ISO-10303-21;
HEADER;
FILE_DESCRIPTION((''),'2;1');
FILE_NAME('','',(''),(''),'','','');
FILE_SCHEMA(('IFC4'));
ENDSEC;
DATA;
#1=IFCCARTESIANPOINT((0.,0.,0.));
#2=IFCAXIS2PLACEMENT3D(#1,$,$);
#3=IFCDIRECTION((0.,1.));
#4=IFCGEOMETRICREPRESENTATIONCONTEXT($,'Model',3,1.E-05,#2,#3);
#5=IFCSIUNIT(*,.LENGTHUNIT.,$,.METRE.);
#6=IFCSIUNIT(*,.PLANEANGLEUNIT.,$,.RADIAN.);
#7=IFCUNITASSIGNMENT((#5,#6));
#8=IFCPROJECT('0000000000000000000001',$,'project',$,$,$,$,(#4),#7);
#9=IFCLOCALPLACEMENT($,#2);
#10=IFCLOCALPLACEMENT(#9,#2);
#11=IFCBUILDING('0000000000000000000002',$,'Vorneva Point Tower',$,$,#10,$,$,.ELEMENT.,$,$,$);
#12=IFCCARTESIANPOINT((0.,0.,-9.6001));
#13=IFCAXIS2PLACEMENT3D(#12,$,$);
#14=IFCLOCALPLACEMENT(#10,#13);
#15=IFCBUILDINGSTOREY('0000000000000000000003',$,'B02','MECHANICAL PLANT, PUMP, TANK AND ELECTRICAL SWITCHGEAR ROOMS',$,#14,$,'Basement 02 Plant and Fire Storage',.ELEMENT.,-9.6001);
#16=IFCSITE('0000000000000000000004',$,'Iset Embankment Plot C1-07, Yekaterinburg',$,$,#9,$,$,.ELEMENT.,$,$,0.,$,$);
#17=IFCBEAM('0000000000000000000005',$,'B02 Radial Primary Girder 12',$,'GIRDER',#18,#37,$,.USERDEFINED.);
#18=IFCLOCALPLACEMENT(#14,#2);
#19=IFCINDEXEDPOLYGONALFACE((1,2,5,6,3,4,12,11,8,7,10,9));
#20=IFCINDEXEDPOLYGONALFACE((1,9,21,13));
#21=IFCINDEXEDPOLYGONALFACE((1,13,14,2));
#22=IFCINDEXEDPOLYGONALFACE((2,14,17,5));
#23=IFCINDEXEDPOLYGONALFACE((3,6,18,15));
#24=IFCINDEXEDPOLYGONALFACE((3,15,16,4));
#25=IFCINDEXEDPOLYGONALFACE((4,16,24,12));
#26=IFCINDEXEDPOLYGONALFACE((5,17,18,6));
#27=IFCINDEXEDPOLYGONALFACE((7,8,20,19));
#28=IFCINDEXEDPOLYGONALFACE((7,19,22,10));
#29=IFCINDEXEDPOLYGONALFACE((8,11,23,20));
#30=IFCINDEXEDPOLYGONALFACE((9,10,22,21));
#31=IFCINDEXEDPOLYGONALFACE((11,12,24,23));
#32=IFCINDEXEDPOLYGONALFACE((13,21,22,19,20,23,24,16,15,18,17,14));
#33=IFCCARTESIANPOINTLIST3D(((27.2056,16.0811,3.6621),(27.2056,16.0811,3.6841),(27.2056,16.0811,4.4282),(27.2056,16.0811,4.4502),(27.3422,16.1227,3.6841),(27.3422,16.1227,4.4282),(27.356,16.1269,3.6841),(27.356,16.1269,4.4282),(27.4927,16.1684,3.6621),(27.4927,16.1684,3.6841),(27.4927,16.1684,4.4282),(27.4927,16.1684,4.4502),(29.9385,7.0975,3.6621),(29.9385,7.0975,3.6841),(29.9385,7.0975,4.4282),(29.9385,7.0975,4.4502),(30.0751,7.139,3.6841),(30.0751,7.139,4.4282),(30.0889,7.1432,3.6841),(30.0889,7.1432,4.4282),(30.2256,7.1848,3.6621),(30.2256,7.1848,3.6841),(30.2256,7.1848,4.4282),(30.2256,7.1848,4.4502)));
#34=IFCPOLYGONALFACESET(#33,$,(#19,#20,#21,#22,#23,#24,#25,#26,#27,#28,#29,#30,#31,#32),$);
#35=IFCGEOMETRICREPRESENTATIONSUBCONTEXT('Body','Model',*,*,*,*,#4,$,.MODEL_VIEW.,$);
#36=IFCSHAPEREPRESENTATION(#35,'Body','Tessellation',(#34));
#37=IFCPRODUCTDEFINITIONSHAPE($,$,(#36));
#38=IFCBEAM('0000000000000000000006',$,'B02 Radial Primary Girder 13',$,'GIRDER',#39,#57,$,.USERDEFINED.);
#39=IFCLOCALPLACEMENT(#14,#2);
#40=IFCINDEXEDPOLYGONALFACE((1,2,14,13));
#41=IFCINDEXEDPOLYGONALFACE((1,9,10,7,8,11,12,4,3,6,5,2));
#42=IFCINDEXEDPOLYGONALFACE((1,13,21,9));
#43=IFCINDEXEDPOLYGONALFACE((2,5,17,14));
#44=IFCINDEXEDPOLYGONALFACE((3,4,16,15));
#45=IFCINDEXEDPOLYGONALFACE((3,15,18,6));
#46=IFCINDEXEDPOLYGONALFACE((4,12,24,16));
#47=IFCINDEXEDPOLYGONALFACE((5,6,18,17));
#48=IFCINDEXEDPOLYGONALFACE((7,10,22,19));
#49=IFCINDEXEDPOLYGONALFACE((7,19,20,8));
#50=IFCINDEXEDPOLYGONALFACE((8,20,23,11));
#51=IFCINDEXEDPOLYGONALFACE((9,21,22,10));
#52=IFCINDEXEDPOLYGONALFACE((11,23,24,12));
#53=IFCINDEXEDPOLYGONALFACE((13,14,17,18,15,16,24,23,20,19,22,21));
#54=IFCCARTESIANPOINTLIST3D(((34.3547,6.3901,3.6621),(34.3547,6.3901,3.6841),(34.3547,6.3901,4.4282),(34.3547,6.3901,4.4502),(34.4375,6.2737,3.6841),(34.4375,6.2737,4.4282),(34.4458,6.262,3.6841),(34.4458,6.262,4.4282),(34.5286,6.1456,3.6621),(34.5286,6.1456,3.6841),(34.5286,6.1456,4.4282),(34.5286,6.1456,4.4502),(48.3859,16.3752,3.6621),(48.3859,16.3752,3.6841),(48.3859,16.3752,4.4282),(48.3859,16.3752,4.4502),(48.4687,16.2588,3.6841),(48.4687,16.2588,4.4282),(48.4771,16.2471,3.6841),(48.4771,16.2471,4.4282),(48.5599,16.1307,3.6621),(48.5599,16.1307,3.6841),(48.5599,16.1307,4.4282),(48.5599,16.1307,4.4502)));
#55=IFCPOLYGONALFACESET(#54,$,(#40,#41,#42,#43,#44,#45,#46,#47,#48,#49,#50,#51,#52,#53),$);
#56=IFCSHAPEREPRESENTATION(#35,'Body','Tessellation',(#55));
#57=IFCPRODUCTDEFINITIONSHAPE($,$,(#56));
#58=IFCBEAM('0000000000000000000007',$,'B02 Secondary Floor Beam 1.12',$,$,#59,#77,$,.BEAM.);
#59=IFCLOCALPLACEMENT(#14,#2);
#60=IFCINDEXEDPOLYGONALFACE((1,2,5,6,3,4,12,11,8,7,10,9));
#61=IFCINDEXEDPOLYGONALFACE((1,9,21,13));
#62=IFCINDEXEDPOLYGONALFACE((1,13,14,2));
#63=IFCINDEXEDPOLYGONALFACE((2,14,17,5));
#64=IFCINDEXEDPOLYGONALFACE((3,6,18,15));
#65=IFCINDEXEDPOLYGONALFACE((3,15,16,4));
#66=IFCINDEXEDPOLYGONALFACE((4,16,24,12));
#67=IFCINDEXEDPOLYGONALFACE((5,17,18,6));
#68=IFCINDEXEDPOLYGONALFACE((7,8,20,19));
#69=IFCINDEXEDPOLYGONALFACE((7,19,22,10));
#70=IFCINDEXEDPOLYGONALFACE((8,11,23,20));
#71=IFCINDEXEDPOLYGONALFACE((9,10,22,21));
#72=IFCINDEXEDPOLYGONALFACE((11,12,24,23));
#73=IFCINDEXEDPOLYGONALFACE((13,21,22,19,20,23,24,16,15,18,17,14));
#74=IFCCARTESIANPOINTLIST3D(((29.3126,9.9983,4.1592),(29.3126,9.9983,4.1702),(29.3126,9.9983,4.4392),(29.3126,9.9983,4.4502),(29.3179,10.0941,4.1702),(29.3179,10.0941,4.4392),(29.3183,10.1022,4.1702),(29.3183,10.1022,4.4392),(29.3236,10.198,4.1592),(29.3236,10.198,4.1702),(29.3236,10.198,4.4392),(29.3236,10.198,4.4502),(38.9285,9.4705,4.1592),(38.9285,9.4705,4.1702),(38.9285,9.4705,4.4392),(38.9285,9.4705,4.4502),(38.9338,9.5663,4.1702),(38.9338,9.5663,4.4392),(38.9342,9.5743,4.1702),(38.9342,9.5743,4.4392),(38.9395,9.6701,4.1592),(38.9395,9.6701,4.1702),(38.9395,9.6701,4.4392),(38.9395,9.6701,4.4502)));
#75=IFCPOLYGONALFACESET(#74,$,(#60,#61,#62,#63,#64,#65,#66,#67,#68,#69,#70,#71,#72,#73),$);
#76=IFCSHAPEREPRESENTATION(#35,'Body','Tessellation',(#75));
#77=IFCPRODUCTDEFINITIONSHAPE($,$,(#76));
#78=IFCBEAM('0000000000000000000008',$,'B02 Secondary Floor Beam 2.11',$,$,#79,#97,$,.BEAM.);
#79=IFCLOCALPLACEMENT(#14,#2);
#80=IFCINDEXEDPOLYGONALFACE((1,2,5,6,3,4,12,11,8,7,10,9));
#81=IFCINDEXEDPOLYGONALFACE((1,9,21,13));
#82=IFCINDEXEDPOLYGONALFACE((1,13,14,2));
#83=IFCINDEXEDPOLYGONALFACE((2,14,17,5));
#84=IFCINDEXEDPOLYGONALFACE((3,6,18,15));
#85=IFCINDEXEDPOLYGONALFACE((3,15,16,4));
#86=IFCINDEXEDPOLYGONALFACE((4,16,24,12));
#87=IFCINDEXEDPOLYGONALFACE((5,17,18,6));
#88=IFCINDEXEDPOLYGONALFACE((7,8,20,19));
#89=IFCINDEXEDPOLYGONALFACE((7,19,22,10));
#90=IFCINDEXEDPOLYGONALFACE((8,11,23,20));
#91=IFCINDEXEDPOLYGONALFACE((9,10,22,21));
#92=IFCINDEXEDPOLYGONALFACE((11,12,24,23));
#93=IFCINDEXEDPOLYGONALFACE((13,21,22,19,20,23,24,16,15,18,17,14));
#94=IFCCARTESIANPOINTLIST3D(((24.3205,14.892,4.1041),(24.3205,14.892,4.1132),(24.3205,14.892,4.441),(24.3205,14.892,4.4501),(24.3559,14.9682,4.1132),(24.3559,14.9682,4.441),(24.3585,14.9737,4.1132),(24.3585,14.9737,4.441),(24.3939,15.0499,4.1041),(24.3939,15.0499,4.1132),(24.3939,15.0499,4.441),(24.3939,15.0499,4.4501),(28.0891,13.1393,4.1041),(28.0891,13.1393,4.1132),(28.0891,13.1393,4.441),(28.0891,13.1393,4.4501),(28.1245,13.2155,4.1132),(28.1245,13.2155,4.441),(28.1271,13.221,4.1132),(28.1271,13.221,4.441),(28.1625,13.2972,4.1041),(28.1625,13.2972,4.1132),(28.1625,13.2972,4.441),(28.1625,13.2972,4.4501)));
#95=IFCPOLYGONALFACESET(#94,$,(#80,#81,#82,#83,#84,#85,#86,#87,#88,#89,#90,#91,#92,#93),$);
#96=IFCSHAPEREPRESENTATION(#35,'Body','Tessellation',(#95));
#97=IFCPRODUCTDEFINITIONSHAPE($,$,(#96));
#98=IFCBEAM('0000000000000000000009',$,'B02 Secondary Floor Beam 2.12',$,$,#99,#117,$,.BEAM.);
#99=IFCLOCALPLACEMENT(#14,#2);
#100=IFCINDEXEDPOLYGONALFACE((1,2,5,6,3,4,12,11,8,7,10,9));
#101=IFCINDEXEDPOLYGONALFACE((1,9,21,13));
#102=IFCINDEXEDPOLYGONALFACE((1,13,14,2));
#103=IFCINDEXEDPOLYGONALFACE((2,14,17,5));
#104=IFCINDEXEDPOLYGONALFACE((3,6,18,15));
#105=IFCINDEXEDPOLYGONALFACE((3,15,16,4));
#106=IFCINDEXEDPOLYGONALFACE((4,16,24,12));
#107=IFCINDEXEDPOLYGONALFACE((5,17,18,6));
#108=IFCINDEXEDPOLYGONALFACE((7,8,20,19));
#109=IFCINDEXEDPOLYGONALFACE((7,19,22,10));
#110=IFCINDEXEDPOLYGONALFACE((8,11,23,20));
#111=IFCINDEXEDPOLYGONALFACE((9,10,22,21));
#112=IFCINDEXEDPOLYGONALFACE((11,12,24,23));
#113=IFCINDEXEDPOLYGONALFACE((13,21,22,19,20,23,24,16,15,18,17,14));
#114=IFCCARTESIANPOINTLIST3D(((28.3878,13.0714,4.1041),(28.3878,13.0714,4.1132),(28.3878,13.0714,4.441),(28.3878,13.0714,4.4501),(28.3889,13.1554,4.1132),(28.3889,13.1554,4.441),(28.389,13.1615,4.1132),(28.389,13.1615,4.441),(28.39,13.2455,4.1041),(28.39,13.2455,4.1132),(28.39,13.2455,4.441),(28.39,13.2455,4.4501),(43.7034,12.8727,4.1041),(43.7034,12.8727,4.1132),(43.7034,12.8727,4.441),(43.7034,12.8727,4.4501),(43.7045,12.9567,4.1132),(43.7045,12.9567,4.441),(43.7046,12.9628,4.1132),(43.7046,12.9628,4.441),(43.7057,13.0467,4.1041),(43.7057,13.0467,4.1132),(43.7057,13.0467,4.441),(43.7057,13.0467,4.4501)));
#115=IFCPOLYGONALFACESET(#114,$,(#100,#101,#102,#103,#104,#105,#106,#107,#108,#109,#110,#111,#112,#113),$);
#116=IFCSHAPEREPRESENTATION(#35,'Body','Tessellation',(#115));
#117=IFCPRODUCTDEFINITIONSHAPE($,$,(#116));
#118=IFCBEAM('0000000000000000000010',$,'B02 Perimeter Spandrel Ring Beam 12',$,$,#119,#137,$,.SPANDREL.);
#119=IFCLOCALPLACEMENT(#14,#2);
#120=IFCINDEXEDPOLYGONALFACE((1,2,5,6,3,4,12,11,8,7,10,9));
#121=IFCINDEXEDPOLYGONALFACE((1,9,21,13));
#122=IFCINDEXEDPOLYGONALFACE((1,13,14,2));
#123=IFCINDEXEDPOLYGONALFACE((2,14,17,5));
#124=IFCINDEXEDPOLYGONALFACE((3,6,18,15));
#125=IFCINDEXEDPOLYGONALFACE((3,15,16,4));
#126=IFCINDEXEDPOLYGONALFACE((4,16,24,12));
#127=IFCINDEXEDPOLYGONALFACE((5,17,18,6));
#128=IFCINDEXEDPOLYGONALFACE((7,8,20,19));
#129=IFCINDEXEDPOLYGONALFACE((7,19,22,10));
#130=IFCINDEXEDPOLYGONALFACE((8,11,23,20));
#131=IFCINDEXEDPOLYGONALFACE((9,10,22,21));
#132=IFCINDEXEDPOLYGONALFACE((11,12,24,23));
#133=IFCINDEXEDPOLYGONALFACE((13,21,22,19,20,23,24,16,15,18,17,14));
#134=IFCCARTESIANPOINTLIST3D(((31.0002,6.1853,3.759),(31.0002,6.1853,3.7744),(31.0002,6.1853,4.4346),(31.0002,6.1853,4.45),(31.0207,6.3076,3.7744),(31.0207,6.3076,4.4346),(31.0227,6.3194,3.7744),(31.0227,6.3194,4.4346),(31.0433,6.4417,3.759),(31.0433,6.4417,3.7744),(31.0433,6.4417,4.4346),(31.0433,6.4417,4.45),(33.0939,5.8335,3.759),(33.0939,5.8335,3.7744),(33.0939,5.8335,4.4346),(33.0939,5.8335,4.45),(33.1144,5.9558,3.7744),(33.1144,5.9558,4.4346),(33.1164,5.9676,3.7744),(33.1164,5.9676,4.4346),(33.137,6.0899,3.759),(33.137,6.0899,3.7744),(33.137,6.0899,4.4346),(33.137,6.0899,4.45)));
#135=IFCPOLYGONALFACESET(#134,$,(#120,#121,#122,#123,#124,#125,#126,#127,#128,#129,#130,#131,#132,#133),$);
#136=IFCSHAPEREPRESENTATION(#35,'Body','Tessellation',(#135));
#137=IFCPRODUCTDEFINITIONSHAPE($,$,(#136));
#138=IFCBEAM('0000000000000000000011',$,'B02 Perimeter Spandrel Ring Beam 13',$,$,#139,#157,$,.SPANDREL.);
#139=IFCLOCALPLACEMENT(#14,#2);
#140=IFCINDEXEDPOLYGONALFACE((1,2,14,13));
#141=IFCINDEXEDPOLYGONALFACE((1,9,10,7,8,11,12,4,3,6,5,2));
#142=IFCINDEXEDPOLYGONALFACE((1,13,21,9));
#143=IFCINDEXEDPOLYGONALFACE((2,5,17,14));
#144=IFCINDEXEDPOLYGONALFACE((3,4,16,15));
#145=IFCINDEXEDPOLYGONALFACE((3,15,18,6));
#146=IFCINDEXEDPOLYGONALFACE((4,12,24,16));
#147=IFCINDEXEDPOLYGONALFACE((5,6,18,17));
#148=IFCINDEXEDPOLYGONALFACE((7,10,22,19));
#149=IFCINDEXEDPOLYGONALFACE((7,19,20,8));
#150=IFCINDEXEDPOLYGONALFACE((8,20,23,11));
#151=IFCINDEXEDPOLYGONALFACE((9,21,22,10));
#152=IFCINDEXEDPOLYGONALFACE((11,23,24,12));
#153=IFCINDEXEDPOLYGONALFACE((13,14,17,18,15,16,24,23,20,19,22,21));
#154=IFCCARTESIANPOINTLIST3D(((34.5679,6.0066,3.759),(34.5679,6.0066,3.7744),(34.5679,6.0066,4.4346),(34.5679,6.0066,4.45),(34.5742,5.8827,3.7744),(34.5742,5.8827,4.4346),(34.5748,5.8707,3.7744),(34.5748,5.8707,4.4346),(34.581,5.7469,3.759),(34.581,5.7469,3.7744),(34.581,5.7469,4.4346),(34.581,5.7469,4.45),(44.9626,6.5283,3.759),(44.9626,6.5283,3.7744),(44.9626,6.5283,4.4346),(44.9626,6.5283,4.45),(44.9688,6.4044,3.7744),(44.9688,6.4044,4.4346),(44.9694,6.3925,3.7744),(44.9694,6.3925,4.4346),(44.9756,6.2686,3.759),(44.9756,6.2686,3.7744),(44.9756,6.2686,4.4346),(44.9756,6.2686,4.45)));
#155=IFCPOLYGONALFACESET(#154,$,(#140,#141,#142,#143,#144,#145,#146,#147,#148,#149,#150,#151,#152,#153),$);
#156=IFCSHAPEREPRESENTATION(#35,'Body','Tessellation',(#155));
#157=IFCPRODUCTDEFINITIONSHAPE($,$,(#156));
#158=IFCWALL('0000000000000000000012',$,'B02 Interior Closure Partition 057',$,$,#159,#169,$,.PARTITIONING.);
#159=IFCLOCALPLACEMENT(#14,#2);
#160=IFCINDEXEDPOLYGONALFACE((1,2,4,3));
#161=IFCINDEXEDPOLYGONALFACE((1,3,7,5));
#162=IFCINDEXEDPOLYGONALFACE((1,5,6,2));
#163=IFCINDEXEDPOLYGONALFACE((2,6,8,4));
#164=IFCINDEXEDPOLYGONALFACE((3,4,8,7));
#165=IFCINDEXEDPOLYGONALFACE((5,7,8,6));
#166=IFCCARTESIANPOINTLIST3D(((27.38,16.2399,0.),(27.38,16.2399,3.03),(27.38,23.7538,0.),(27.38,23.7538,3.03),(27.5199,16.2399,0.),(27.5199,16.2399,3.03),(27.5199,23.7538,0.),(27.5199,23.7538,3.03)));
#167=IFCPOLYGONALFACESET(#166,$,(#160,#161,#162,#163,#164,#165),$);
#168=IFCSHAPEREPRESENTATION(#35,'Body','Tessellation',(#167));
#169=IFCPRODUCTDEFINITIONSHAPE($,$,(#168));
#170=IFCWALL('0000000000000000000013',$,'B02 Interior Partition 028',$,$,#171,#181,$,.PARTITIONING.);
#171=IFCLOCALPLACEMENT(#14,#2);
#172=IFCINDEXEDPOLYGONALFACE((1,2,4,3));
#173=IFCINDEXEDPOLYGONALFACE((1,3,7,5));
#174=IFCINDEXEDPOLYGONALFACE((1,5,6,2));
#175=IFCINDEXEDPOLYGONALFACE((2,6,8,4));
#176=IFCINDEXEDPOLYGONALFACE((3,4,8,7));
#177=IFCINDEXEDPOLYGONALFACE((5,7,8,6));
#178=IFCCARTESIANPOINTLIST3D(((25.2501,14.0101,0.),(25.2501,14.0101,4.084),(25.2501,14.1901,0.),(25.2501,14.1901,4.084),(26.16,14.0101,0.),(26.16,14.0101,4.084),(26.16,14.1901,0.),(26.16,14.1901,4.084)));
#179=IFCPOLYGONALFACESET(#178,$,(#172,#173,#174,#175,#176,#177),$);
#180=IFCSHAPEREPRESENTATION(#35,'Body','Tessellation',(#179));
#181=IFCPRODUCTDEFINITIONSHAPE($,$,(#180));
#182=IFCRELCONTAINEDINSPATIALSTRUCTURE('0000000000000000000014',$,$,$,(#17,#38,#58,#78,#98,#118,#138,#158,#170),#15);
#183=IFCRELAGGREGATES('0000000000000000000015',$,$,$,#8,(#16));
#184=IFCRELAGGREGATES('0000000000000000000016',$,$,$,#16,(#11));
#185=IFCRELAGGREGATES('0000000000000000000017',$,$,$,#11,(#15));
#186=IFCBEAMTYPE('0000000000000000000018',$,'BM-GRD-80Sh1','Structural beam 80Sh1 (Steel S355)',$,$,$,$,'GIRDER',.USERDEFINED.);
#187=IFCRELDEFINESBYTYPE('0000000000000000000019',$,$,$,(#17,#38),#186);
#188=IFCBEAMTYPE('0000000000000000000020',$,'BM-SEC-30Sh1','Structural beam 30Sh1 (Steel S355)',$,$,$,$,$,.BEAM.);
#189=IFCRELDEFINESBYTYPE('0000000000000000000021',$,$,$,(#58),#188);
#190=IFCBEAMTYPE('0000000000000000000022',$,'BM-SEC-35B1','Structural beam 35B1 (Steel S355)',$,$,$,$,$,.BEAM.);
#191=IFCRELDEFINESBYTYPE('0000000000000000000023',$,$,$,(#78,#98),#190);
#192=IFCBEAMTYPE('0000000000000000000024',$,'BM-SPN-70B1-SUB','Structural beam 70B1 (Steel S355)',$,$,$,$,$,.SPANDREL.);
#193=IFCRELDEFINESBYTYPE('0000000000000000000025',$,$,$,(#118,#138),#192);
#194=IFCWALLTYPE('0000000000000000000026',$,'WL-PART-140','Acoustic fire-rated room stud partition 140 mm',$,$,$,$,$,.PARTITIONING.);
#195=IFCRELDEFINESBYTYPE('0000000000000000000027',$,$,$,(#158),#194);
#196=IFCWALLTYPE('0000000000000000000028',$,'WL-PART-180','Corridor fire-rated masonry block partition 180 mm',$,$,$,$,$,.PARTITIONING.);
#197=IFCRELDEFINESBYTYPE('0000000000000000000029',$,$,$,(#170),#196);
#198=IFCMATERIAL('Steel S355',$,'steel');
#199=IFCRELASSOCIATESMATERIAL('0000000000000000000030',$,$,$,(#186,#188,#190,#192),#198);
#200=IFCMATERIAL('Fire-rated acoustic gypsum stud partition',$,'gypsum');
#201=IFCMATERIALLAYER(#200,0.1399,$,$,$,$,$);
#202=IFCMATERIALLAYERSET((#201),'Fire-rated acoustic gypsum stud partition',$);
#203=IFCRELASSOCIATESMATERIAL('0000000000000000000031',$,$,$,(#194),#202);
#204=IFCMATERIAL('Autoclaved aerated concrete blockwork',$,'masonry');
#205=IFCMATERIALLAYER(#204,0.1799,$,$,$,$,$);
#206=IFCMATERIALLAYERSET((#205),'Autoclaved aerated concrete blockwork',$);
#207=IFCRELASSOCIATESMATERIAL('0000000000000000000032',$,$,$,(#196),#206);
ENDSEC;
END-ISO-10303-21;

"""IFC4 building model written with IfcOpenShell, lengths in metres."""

from ifc_helpers import new_model, si_unit, direction, frame, frame_2d, origin, origin_2d, place, context, subcontext, project, spatial, rectangle, i_section, extrude, material, layer, layer_set, material_profile, profile_set, type_object, element, save


model = new_model("IFC4")

# Units and contexts
model_context = context("Model", 3, precision=1e-05, world=origin(), true_north=direction((0.0, 1.0)))
body_context = subcontext(model_context, "Body", "Model", "MODEL_VIEW")
ifc_project = project(units=[si_unit("LENGTHUNIT", "METRE"), si_unit("PLANEANGLEUNIT", "RADIAN")], contexts=[model_context])

# Site, building, storey
site_placement = place(None, origin())
site = spatial("IfcSite", under=ifc_project, at=site_placement, Name="Iset Embankment Plot C1-07, Yekaterinburg", CompositionType="ELEMENT", RefElevation=0.0)
building_placement = place(site_placement, origin())
building = spatial("IfcBuilding", under=site, at=building_placement, Name="Vorneva Point Tower", CompositionType="ELEMENT")
storey_placement = place(building_placement, frame((0.0, 0.0, -9.6001)))
storey = spatial("IfcBuildingStorey", under=building, at=storey_placement, Name="B02", Description="MECHANICAL PLANT, PUMP, TANK AND ELECTRICAL SWITCHGEAR ROOMS", LongName="Basement 02 Plant and Fire Storage", CompositionType="ELEMENT", Elevation=-9.6001)

# Beams
ifc_material_1 = material(Name="Steel S355", Category="steel")
ifc_material_profile_1 = material_profile(ifc_material_1, i_section(OverallWidth=0.3, OverallDepth=0.7881, WebThickness=0.0144, FlangeThickness=0.022, at=origin_2d()), Name="80Sh1")
ifc_profile_set_1 = profile_set([ifc_material_profile_1], Name="Steel S355")
beam_type_1 = type_object("IfcBeamType", Name="BM-GRD-80Sh1", Description="Structural beam 80Sh1 (Steel S355)", ElementType="GIRDER", PredefinedType="USERDEFINED", material=ifc_profile_set_1)
beam_1_placement = place(storey_placement, frame((30.082, 7.1411, 4.0562), z_axis=(-0.291041, 0.956711, 0.0), x_axis=(-0.956711, -0.291041, 0.0)))
element("IfcBeam", 1, at=beam_1_placement, inside=storey, type_object=beam_type_1, Name="B02 Radial Primary Girder 12", ObjectType="GIRDER", PredefinedType="USERDEFINED", context=body_context, shape_type="SweptSolid", body=[
    extrude(i_section(OverallWidth=0.3, OverallDepth=0.7881, WebThickness=0.0144, FlangeThickness=0.022, at=origin_2d()), origin(), (0.0, 0.0, 1.0), 9.3901),
])
beam_2_placement = place(storey_placement, frame((34.4417, 6.2678, 4.0562), z_axis=(0.814754, 0.579806, 0.0), x_axis=(-0.579806, 0.814754, 0.0)))
element("IfcBeam", 2, at=beam_2_placement, inside=storey, type_object=beam_type_1, Name="B02 Radial Primary Girder 13", ObjectType="GIRDER", PredefinedType="USERDEFINED", context=body_context, shape_type="SweptSolid", body=[
    extrude(i_section(OverallWidth=0.3, OverallDepth=0.7881, WebThickness=0.0144, FlangeThickness=0.022, at=origin_2d()), origin(), (0.0, 0.0, 1.0), 17.2214),
])
ifc_material_profile_2 = material_profile(ifc_material_1, i_section(OverallWidth=0.2, OverallDepth=0.291, WebThickness=0.0081, FlangeThickness=0.011, at=origin_2d()), Name="30Sh1")
ifc_profile_set_2 = profile_set([ifc_material_profile_2], Name="Steel S355")
beam_type_2 = type_object("IfcBeamType", Name="BM-SEC-30Sh1", Description="Structural beam 30Sh1 (Steel S355)", PredefinedType="BEAM", material=ifc_profile_set_2)
beam_3_placement = place(storey_placement, frame((29.3181, 10.0981, 4.3047), z_axis=(0.998497, -0.054809, 0.0), x_axis=(0.054809, 0.998497, 0.0)))
element("IfcBeam", 3, at=beam_3_placement, inside=storey, type_object=beam_type_2, Name="B02 Secondary Floor Beam 1.12", PredefinedType="BEAM", context=body_context, shape_type="SweptSolid", body=[
    extrude(i_section(OverallWidth=0.2, OverallDepth=0.291, WebThickness=0.0081, FlangeThickness=0.011, at=origin_2d()), origin(), (0.0, 0.0, 1.0), 9.6304),
])
ifc_material_profile_3 = material_profile(ifc_material_1, i_section(OverallWidth=0.1741, OverallDepth=0.3459, WebThickness=0.0061, FlangeThickness=0.009, at=origin_2d()), Name="35B1")
ifc_profile_set_3 = profile_set([ifc_material_profile_3], Name="Steel S355")
beam_type_3 = type_object("IfcBeamType", Name="BM-SEC-35B1", Description="Structural beam 35B1 (Steel S355)", PredefinedType="BEAM", material=ifc_profile_set_3)
beam_4_placement = place(storey_placement, frame((24.3572, 14.9709, 4.2771), z_axis=(0.906733, -0.421705, 0.0), x_axis=(0.421705, 0.906733, 0.0)))
element("IfcBeam", 4, at=beam_4_placement, inside=storey, type_object=beam_type_3, Name="B02 Secondary Floor Beam 2.11", PredefinedType="BEAM", context=body_context, shape_type="SweptSolid", body=[
    extrude(i_section(OverallWidth=0.1741, OverallDepth=0.3459, WebThickness=0.0061, FlangeThickness=0.009, at=origin_2d()), origin(), (0.0, 0.0, 1.0), 4.1562),
])
beam_5_placement = place(storey_placement, frame((28.3889, 13.1584, 4.2771), z_axis=(0.999916, -0.012975, 0.0), x_axis=(0.012975, 0.999916, 0.0)))
element("IfcBeam", 5, at=beam_5_placement, inside=storey, type_object=beam_type_3, Name="B02 Secondary Floor Beam 2.12", PredefinedType="BEAM", context=body_context, shape_type="SweptSolid", body=[
    extrude(i_section(OverallWidth=0.1741, OverallDepth=0.3459, WebThickness=0.0061, FlangeThickness=0.009, at=origin_2d()), origin(), (0.0, 0.0, 1.0), 15.3169),
])
ifc_material_profile_4 = material_profile(ifc_material_1, i_section(OverallWidth=0.26, OverallDepth=0.6909, WebThickness=0.012, FlangeThickness=0.0154, at=origin_2d()), Name="70B1")
ifc_profile_set_4 = profile_set([ifc_material_profile_4], Name="Steel S355")
beam_type_4 = type_object("IfcBeamType", Name="BM-SPN-70B1-SUB", Description="Structural beam 70B1 (Steel S355)", PredefinedType="SPANDREL", material=ifc_profile_set_4)
beam_6_placement = place(storey_placement, frame((31.0217, 6.3135, 4.1045), z_axis=(0.986176, -0.165704, 0.0), x_axis=(0.165704, 0.986176, 0.0)))
element("IfcBeam", 6, at=beam_6_placement, inside=storey, type_object=beam_type_4, Name="B02 Perimeter Spandrel Ring Beam 12", PredefinedType="SPANDREL", context=body_context, shape_type="SweptSolid", body=[
    extrude(i_section(OverallWidth=0.26, OverallDepth=0.6909, WebThickness=0.012, FlangeThickness=0.0154, at=origin_2d()), origin(), (0.0, 0.0, 1.0), 2.123),
])
beam_7_placement = place(storey_placement, frame((34.5745, 5.8767, 4.1045), z_axis=(0.998743, 0.050129, 0.0), x_axis=(-0.050129, 0.998743, 0.0)))
element("IfcBeam", 7, at=beam_7_placement, inside=storey, type_object=beam_type_4, Name="B02 Perimeter Spandrel Ring Beam 13", PredefinedType="SPANDREL", context=body_context, shape_type="SweptSolid", body=[
    extrude(i_section(OverallWidth=0.26, OverallDepth=0.6909, WebThickness=0.012, FlangeThickness=0.0154, at=origin_2d()), origin(), (0.0, 0.0, 1.0), 10.4077),
])

# Walls
ifc_material_2 = material(Name="Fire-rated acoustic gypsum stud partition", Category="gypsum")
ifc_layer_1 = layer(ifc_material_2, 0.1399)
ifc_layer_set_1 = layer_set([ifc_layer_1], Name="Fire-rated acoustic gypsum stud partition")
wall_type_1 = type_object("IfcWallType", Name="WL-PART-140", Description="Acoustic fire-rated room stud partition 140 mm", PredefinedType="PARTITIONING", material=ifc_layer_set_1)
wall_1_placement = place(storey_placement, frame((27.45, 16.24, 0.0), z_axis=(0.0, 0.0, 1.0), x_axis=(0.0, 1.0, 0.0)))
element("IfcWall", 8, at=wall_1_placement, inside=storey, type_object=wall_type_1, Name="B02 Interior Closure Partition 057", PredefinedType="PARTITIONING", context=body_context, shape_type="SweptSolid", body=[
    extrude(rectangle(XDim=7.5139, YDim=0.1399, at=frame_2d((3.7568, 0.0))), origin(), (0.0, 0.0, 1.0), 3.03),
])
ifc_material_3 = material(Name="Autoclaved aerated concrete blockwork", Category="masonry")
ifc_layer_2 = layer(ifc_material_3, 0.1799)
ifc_layer_set_2 = layer_set([ifc_layer_2], Name="Autoclaved aerated concrete blockwork")
wall_type_2 = type_object("IfcWallType", Name="WL-PART-180", Description="Corridor fire-rated masonry block partition 180 mm", PredefinedType="PARTITIONING", material=ifc_layer_set_2)
wall_2_placement = place(storey_placement, frame((25.25, 14.1001, 0.0), z_axis=(0.0, 0.0, 1.0), x_axis=(1.0, 0.0, 0.0)))
element("IfcWall", 9, at=wall_2_placement, inside=storey, type_object=wall_type_2, Name="B02 Interior Partition 028", PredefinedType="PARTITIONING", context=body_context, shape_type="SweptSolid", body=[
    extrude(rectangle(XDim=0.9099, YDim=0.1799, at=frame_2d((0.4551, 0.0))), origin(), (0.0, 0.0, 1.0), 4.084),
])

save(model, "model.ifc")
